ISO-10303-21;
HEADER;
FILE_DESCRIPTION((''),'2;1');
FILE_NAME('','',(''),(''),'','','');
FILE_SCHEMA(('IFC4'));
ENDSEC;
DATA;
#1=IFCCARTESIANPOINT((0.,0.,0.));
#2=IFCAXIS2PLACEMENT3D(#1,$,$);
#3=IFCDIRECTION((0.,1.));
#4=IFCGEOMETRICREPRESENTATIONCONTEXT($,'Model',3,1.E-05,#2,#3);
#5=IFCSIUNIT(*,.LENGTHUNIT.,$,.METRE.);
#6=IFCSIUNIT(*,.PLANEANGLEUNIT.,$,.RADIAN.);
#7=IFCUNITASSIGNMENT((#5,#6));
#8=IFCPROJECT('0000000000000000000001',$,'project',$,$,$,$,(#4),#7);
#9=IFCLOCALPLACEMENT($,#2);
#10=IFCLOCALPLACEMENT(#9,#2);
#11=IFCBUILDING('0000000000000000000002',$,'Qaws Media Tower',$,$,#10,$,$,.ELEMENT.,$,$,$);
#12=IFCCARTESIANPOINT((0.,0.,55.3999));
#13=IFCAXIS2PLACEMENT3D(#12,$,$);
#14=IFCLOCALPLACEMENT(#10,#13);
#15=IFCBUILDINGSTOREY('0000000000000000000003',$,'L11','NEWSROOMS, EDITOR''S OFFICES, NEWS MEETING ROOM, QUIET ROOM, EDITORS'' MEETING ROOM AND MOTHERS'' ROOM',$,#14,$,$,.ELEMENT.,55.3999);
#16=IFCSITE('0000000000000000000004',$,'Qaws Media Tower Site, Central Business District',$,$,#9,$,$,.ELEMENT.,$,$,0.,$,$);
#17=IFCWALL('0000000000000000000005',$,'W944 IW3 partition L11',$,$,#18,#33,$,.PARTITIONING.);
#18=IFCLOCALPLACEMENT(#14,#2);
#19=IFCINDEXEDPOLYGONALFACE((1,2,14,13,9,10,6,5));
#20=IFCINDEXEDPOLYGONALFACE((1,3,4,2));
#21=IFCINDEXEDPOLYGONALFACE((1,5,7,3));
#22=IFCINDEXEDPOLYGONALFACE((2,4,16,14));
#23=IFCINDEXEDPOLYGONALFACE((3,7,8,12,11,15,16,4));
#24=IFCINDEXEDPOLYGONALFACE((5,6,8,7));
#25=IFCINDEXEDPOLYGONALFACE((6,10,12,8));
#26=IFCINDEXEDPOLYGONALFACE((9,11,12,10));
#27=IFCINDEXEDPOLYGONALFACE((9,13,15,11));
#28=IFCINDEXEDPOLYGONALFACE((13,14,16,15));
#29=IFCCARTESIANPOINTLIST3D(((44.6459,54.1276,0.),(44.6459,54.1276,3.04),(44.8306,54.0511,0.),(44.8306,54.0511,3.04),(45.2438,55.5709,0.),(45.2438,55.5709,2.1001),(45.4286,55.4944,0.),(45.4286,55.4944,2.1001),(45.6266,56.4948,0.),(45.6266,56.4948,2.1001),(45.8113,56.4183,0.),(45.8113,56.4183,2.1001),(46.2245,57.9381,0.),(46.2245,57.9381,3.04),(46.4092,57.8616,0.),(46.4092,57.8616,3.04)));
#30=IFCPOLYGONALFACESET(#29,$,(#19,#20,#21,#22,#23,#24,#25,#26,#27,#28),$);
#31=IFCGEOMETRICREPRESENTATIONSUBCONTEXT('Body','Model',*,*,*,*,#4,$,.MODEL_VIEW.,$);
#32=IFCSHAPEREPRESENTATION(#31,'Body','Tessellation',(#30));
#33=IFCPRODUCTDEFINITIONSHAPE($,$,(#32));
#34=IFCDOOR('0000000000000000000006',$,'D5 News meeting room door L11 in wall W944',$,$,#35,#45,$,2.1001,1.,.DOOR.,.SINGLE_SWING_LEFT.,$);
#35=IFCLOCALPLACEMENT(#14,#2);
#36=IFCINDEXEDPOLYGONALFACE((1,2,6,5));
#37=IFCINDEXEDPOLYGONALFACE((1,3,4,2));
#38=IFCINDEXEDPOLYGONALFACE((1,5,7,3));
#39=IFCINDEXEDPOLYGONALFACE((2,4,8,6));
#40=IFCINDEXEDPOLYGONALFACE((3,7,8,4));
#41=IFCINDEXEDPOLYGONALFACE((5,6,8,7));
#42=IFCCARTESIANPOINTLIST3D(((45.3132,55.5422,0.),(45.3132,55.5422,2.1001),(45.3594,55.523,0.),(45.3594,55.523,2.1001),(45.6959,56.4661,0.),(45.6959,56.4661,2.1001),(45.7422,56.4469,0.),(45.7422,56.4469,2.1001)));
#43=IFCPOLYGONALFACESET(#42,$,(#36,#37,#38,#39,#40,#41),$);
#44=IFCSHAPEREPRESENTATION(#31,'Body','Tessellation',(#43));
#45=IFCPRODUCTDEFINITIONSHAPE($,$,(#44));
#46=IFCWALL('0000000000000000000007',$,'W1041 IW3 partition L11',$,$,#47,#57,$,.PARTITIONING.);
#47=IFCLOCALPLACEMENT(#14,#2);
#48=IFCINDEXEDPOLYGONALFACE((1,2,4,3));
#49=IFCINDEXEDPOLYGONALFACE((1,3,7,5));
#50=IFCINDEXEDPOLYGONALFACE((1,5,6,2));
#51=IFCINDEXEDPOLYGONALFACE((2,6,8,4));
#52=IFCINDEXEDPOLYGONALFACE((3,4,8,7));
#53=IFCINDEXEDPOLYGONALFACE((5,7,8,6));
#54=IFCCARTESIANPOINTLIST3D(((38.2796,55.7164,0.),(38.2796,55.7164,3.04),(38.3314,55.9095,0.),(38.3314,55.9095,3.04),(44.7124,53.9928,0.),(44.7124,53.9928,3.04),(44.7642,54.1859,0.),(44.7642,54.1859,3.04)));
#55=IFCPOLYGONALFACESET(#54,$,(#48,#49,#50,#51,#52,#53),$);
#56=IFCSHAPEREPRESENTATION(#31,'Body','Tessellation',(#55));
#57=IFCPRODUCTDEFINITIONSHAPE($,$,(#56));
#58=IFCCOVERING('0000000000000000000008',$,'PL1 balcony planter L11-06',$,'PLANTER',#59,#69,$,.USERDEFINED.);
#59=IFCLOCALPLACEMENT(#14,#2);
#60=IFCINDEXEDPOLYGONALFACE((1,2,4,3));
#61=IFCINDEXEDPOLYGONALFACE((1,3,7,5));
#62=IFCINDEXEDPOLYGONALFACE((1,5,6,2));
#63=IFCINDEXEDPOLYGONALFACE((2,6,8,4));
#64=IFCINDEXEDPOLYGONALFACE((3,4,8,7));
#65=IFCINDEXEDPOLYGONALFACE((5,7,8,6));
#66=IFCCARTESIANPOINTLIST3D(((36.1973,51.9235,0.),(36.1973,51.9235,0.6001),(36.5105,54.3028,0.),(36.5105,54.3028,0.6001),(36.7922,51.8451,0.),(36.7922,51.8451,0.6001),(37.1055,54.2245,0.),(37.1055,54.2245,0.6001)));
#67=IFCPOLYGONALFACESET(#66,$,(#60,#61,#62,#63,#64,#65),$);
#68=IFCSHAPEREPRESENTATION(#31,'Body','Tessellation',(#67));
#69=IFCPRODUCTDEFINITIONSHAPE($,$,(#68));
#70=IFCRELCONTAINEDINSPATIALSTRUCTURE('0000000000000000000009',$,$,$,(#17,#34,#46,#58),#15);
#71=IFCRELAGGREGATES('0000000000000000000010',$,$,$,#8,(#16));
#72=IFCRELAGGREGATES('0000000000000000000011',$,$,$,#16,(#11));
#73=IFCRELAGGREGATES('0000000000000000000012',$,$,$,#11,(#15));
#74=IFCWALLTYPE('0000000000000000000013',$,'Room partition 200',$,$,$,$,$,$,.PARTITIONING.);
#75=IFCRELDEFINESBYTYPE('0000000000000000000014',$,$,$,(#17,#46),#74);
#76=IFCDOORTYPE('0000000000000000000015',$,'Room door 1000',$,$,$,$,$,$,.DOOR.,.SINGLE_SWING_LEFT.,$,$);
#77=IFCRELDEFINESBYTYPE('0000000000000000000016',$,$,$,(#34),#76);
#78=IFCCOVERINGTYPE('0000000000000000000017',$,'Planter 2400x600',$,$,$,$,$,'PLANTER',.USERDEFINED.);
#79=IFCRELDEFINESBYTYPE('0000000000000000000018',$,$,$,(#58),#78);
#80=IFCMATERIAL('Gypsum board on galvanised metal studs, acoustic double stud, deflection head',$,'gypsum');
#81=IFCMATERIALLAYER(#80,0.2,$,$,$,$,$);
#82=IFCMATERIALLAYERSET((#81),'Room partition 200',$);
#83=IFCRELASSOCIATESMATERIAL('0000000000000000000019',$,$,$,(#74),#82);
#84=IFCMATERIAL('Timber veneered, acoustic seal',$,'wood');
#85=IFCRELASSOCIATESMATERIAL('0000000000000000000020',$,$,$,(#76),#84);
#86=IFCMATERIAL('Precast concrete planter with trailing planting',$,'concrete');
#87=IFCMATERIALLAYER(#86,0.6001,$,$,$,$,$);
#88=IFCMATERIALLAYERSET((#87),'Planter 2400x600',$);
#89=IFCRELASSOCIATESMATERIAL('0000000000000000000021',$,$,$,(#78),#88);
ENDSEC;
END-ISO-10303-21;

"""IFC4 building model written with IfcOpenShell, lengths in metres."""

from ifc_helpers import new_model, si_unit, direction, frame, frame_2d, origin, origin_2d, place, context, subcontext, project, spatial, rectangle, extrude, material, layer, layer_set, type_object, element, fill, save


model = new_model("IFC4")

# Units and contexts
model_context = context("Model", 3, precision=1e-05, world=origin(), true_north=direction((0.0, 1.0)))
body_context = subcontext(model_context, "Body", "Model", "MODEL_VIEW")
ifc_project = project(units=[si_unit("LENGTHUNIT", "METRE"), si_unit("PLANEANGLEUNIT", "RADIAN")], contexts=[model_context])

# Site, building, storey
site_placement = place(None, origin())
site = spatial("IfcSite", under=ifc_project, at=site_placement, Name="Qaws Media Tower Site, Central Business District", CompositionType="ELEMENT", RefElevation=0.0)
building_placement = place(site_placement, origin())
building = spatial("IfcBuilding", under=site, at=building_placement, Name="Qaws Media Tower", CompositionType="ELEMENT")
storey_placement = place(building_placement, frame((0.0, 0.0, 55.3999)))
storey = spatial("IfcBuildingStorey", under=building, at=storey_placement, Name="L11", Description="NEWSROOMS, EDITOR'S OFFICES, NEWS MEETING ROOM, QUIET ROOM, EDITORS' MEETING ROOM AND MOTHERS' ROOM", CompositionType="ELEMENT", Elevation=55.3999)

# Wall, opening, door
ifc_material_1 = material(Name="Gypsum board on galvanised metal studs, acoustic double stud, deflection head", Category="gypsum")
ifc_layer_1 = layer(ifc_material_1, 0.2)
ifc_layer_set_1 = layer_set([ifc_layer_1], Name="Room partition 200")
wall_type = type_object("IfcWallType", Name="Room partition 200", PredefinedType="PARTITIONING", material=ifc_layer_set_1)
wall_1_placement = place(storey_placement, frame((44.7383, 54.0894, 0.0), z_axis=(0.0, 0.0, 1.0), x_axis=(0.382732, 0.92386, 0.0)))
wall_1 = element("IfcWall", 1, at=wall_1_placement, inside=storey, type_object=wall_type, Name="W944 IW3 partition L11", PredefinedType="PARTITIONING", context=body_context, shape_type="SweptSolid", body=[
    extrude(rectangle(XDim=4.1245, YDim=0.2, at=frame_2d((2.0623, 0.0))), origin(), (0.0, 0.0, 1.0), 3.04),
])
opening_placement = place(wall_1_placement, frame((1.5623, 0.0, 0.0)))
opening = element("IfcOpeningElement", 2, at=opening_placement, cuts=wall_1, PredefinedType="OPENING", context=body_context, shape_type="SweptSolid", body=[
    extrude(rectangle(XDim=1.0, YDim=2.1001, at=frame_2d((0.5, 1.05))), frame((0.0, 0.1099, 0.0), z_axis=(0.0, -1.0, 0.0), x_axis=(1.0, 0.0, 0.0)), (0.0, 0.0, 1.0), 0.22),
])
ifc_material_2 = material(Name="Timber veneered, acoustic seal", Category="wood")
door_type = type_object("IfcDoorType", Name="Room door 1000", OperationType="SINGLE_SWING_LEFT", PredefinedType="DOOR", material=ifc_material_2)
door_placement = place(opening_placement, origin())
door = element("IfcDoor", 3, at=door_placement, inside=storey, type_object=door_type, Name="D5 News meeting room door L11 in wall W944", OperationType="SINGLE_SWING_LEFT", OverallHeight=2.1001, OverallWidth=1.0, PredefinedType="DOOR", context=body_context, shape_type="SweptSolid", body=[
    extrude(rectangle(XDim=1.0, YDim=2.1001, at=frame_2d((0.5, 1.05))), frame((0.0, 0.0249, 0.0), z_axis=(0.0, -1.0, 0.0), x_axis=(1.0, 0.0, 0.0)), (0.0, 0.0, 1.0), 0.05),
])
fill(opening, door)

# Wall
wall_2_placement = place(storey_placement, frame((44.7383, 54.0894, 0.0), z_axis=(0.0, 0.0, 1.0), x_axis=(-0.965928, 0.258812, 0.0)))
element("IfcWall", 4, at=wall_2_placement, inside=storey, type_object=wall_type, Name="W1041 IW3 partition L11", PredefinedType="PARTITIONING", context=body_context, shape_type="SweptSolid", body=[
    extrude(rectangle(XDim=6.6597, YDim=0.2, at=frame_2d((3.3298, 0.0))), origin(), (0.0, 0.0, 1.0), 3.04),
])

# Covering
ifc_material_3 = material(Name="Precast concrete planter with trailing planting", Category="concrete")
ifc_layer_2 = layer(ifc_material_3, 0.6001)
ifc_layer_set_2 = layer_set([ifc_layer_2], Name="Planter 2400x600")
covering_type = type_object("IfcCoveringType", Name="Planter 2400x600", ElementType="PLANTER", PredefinedType="USERDEFINED", material=ifc_layer_set_2)
covering_placement = place(storey_placement, frame((36.6514, 53.074, 0.0), z_axis=(0.0, 0.0, 1.0), x_axis=(-0.130526, -0.991445, 0.0)))
element("IfcCovering", 5, at=covering_placement, inside=storey, type_object=covering_type, Name="PL1 balcony planter L11-06", ObjectType="PLANTER", PredefinedType="USERDEFINED", context=body_context, shape_type="SweptSolid", body=[
    extrude(rectangle(XDim=2.3999, YDim=0.6001, at=origin_2d()), origin(), (0.0, 0.0, 1.0), 0.6001),
])

save(model, "model.ifc")
